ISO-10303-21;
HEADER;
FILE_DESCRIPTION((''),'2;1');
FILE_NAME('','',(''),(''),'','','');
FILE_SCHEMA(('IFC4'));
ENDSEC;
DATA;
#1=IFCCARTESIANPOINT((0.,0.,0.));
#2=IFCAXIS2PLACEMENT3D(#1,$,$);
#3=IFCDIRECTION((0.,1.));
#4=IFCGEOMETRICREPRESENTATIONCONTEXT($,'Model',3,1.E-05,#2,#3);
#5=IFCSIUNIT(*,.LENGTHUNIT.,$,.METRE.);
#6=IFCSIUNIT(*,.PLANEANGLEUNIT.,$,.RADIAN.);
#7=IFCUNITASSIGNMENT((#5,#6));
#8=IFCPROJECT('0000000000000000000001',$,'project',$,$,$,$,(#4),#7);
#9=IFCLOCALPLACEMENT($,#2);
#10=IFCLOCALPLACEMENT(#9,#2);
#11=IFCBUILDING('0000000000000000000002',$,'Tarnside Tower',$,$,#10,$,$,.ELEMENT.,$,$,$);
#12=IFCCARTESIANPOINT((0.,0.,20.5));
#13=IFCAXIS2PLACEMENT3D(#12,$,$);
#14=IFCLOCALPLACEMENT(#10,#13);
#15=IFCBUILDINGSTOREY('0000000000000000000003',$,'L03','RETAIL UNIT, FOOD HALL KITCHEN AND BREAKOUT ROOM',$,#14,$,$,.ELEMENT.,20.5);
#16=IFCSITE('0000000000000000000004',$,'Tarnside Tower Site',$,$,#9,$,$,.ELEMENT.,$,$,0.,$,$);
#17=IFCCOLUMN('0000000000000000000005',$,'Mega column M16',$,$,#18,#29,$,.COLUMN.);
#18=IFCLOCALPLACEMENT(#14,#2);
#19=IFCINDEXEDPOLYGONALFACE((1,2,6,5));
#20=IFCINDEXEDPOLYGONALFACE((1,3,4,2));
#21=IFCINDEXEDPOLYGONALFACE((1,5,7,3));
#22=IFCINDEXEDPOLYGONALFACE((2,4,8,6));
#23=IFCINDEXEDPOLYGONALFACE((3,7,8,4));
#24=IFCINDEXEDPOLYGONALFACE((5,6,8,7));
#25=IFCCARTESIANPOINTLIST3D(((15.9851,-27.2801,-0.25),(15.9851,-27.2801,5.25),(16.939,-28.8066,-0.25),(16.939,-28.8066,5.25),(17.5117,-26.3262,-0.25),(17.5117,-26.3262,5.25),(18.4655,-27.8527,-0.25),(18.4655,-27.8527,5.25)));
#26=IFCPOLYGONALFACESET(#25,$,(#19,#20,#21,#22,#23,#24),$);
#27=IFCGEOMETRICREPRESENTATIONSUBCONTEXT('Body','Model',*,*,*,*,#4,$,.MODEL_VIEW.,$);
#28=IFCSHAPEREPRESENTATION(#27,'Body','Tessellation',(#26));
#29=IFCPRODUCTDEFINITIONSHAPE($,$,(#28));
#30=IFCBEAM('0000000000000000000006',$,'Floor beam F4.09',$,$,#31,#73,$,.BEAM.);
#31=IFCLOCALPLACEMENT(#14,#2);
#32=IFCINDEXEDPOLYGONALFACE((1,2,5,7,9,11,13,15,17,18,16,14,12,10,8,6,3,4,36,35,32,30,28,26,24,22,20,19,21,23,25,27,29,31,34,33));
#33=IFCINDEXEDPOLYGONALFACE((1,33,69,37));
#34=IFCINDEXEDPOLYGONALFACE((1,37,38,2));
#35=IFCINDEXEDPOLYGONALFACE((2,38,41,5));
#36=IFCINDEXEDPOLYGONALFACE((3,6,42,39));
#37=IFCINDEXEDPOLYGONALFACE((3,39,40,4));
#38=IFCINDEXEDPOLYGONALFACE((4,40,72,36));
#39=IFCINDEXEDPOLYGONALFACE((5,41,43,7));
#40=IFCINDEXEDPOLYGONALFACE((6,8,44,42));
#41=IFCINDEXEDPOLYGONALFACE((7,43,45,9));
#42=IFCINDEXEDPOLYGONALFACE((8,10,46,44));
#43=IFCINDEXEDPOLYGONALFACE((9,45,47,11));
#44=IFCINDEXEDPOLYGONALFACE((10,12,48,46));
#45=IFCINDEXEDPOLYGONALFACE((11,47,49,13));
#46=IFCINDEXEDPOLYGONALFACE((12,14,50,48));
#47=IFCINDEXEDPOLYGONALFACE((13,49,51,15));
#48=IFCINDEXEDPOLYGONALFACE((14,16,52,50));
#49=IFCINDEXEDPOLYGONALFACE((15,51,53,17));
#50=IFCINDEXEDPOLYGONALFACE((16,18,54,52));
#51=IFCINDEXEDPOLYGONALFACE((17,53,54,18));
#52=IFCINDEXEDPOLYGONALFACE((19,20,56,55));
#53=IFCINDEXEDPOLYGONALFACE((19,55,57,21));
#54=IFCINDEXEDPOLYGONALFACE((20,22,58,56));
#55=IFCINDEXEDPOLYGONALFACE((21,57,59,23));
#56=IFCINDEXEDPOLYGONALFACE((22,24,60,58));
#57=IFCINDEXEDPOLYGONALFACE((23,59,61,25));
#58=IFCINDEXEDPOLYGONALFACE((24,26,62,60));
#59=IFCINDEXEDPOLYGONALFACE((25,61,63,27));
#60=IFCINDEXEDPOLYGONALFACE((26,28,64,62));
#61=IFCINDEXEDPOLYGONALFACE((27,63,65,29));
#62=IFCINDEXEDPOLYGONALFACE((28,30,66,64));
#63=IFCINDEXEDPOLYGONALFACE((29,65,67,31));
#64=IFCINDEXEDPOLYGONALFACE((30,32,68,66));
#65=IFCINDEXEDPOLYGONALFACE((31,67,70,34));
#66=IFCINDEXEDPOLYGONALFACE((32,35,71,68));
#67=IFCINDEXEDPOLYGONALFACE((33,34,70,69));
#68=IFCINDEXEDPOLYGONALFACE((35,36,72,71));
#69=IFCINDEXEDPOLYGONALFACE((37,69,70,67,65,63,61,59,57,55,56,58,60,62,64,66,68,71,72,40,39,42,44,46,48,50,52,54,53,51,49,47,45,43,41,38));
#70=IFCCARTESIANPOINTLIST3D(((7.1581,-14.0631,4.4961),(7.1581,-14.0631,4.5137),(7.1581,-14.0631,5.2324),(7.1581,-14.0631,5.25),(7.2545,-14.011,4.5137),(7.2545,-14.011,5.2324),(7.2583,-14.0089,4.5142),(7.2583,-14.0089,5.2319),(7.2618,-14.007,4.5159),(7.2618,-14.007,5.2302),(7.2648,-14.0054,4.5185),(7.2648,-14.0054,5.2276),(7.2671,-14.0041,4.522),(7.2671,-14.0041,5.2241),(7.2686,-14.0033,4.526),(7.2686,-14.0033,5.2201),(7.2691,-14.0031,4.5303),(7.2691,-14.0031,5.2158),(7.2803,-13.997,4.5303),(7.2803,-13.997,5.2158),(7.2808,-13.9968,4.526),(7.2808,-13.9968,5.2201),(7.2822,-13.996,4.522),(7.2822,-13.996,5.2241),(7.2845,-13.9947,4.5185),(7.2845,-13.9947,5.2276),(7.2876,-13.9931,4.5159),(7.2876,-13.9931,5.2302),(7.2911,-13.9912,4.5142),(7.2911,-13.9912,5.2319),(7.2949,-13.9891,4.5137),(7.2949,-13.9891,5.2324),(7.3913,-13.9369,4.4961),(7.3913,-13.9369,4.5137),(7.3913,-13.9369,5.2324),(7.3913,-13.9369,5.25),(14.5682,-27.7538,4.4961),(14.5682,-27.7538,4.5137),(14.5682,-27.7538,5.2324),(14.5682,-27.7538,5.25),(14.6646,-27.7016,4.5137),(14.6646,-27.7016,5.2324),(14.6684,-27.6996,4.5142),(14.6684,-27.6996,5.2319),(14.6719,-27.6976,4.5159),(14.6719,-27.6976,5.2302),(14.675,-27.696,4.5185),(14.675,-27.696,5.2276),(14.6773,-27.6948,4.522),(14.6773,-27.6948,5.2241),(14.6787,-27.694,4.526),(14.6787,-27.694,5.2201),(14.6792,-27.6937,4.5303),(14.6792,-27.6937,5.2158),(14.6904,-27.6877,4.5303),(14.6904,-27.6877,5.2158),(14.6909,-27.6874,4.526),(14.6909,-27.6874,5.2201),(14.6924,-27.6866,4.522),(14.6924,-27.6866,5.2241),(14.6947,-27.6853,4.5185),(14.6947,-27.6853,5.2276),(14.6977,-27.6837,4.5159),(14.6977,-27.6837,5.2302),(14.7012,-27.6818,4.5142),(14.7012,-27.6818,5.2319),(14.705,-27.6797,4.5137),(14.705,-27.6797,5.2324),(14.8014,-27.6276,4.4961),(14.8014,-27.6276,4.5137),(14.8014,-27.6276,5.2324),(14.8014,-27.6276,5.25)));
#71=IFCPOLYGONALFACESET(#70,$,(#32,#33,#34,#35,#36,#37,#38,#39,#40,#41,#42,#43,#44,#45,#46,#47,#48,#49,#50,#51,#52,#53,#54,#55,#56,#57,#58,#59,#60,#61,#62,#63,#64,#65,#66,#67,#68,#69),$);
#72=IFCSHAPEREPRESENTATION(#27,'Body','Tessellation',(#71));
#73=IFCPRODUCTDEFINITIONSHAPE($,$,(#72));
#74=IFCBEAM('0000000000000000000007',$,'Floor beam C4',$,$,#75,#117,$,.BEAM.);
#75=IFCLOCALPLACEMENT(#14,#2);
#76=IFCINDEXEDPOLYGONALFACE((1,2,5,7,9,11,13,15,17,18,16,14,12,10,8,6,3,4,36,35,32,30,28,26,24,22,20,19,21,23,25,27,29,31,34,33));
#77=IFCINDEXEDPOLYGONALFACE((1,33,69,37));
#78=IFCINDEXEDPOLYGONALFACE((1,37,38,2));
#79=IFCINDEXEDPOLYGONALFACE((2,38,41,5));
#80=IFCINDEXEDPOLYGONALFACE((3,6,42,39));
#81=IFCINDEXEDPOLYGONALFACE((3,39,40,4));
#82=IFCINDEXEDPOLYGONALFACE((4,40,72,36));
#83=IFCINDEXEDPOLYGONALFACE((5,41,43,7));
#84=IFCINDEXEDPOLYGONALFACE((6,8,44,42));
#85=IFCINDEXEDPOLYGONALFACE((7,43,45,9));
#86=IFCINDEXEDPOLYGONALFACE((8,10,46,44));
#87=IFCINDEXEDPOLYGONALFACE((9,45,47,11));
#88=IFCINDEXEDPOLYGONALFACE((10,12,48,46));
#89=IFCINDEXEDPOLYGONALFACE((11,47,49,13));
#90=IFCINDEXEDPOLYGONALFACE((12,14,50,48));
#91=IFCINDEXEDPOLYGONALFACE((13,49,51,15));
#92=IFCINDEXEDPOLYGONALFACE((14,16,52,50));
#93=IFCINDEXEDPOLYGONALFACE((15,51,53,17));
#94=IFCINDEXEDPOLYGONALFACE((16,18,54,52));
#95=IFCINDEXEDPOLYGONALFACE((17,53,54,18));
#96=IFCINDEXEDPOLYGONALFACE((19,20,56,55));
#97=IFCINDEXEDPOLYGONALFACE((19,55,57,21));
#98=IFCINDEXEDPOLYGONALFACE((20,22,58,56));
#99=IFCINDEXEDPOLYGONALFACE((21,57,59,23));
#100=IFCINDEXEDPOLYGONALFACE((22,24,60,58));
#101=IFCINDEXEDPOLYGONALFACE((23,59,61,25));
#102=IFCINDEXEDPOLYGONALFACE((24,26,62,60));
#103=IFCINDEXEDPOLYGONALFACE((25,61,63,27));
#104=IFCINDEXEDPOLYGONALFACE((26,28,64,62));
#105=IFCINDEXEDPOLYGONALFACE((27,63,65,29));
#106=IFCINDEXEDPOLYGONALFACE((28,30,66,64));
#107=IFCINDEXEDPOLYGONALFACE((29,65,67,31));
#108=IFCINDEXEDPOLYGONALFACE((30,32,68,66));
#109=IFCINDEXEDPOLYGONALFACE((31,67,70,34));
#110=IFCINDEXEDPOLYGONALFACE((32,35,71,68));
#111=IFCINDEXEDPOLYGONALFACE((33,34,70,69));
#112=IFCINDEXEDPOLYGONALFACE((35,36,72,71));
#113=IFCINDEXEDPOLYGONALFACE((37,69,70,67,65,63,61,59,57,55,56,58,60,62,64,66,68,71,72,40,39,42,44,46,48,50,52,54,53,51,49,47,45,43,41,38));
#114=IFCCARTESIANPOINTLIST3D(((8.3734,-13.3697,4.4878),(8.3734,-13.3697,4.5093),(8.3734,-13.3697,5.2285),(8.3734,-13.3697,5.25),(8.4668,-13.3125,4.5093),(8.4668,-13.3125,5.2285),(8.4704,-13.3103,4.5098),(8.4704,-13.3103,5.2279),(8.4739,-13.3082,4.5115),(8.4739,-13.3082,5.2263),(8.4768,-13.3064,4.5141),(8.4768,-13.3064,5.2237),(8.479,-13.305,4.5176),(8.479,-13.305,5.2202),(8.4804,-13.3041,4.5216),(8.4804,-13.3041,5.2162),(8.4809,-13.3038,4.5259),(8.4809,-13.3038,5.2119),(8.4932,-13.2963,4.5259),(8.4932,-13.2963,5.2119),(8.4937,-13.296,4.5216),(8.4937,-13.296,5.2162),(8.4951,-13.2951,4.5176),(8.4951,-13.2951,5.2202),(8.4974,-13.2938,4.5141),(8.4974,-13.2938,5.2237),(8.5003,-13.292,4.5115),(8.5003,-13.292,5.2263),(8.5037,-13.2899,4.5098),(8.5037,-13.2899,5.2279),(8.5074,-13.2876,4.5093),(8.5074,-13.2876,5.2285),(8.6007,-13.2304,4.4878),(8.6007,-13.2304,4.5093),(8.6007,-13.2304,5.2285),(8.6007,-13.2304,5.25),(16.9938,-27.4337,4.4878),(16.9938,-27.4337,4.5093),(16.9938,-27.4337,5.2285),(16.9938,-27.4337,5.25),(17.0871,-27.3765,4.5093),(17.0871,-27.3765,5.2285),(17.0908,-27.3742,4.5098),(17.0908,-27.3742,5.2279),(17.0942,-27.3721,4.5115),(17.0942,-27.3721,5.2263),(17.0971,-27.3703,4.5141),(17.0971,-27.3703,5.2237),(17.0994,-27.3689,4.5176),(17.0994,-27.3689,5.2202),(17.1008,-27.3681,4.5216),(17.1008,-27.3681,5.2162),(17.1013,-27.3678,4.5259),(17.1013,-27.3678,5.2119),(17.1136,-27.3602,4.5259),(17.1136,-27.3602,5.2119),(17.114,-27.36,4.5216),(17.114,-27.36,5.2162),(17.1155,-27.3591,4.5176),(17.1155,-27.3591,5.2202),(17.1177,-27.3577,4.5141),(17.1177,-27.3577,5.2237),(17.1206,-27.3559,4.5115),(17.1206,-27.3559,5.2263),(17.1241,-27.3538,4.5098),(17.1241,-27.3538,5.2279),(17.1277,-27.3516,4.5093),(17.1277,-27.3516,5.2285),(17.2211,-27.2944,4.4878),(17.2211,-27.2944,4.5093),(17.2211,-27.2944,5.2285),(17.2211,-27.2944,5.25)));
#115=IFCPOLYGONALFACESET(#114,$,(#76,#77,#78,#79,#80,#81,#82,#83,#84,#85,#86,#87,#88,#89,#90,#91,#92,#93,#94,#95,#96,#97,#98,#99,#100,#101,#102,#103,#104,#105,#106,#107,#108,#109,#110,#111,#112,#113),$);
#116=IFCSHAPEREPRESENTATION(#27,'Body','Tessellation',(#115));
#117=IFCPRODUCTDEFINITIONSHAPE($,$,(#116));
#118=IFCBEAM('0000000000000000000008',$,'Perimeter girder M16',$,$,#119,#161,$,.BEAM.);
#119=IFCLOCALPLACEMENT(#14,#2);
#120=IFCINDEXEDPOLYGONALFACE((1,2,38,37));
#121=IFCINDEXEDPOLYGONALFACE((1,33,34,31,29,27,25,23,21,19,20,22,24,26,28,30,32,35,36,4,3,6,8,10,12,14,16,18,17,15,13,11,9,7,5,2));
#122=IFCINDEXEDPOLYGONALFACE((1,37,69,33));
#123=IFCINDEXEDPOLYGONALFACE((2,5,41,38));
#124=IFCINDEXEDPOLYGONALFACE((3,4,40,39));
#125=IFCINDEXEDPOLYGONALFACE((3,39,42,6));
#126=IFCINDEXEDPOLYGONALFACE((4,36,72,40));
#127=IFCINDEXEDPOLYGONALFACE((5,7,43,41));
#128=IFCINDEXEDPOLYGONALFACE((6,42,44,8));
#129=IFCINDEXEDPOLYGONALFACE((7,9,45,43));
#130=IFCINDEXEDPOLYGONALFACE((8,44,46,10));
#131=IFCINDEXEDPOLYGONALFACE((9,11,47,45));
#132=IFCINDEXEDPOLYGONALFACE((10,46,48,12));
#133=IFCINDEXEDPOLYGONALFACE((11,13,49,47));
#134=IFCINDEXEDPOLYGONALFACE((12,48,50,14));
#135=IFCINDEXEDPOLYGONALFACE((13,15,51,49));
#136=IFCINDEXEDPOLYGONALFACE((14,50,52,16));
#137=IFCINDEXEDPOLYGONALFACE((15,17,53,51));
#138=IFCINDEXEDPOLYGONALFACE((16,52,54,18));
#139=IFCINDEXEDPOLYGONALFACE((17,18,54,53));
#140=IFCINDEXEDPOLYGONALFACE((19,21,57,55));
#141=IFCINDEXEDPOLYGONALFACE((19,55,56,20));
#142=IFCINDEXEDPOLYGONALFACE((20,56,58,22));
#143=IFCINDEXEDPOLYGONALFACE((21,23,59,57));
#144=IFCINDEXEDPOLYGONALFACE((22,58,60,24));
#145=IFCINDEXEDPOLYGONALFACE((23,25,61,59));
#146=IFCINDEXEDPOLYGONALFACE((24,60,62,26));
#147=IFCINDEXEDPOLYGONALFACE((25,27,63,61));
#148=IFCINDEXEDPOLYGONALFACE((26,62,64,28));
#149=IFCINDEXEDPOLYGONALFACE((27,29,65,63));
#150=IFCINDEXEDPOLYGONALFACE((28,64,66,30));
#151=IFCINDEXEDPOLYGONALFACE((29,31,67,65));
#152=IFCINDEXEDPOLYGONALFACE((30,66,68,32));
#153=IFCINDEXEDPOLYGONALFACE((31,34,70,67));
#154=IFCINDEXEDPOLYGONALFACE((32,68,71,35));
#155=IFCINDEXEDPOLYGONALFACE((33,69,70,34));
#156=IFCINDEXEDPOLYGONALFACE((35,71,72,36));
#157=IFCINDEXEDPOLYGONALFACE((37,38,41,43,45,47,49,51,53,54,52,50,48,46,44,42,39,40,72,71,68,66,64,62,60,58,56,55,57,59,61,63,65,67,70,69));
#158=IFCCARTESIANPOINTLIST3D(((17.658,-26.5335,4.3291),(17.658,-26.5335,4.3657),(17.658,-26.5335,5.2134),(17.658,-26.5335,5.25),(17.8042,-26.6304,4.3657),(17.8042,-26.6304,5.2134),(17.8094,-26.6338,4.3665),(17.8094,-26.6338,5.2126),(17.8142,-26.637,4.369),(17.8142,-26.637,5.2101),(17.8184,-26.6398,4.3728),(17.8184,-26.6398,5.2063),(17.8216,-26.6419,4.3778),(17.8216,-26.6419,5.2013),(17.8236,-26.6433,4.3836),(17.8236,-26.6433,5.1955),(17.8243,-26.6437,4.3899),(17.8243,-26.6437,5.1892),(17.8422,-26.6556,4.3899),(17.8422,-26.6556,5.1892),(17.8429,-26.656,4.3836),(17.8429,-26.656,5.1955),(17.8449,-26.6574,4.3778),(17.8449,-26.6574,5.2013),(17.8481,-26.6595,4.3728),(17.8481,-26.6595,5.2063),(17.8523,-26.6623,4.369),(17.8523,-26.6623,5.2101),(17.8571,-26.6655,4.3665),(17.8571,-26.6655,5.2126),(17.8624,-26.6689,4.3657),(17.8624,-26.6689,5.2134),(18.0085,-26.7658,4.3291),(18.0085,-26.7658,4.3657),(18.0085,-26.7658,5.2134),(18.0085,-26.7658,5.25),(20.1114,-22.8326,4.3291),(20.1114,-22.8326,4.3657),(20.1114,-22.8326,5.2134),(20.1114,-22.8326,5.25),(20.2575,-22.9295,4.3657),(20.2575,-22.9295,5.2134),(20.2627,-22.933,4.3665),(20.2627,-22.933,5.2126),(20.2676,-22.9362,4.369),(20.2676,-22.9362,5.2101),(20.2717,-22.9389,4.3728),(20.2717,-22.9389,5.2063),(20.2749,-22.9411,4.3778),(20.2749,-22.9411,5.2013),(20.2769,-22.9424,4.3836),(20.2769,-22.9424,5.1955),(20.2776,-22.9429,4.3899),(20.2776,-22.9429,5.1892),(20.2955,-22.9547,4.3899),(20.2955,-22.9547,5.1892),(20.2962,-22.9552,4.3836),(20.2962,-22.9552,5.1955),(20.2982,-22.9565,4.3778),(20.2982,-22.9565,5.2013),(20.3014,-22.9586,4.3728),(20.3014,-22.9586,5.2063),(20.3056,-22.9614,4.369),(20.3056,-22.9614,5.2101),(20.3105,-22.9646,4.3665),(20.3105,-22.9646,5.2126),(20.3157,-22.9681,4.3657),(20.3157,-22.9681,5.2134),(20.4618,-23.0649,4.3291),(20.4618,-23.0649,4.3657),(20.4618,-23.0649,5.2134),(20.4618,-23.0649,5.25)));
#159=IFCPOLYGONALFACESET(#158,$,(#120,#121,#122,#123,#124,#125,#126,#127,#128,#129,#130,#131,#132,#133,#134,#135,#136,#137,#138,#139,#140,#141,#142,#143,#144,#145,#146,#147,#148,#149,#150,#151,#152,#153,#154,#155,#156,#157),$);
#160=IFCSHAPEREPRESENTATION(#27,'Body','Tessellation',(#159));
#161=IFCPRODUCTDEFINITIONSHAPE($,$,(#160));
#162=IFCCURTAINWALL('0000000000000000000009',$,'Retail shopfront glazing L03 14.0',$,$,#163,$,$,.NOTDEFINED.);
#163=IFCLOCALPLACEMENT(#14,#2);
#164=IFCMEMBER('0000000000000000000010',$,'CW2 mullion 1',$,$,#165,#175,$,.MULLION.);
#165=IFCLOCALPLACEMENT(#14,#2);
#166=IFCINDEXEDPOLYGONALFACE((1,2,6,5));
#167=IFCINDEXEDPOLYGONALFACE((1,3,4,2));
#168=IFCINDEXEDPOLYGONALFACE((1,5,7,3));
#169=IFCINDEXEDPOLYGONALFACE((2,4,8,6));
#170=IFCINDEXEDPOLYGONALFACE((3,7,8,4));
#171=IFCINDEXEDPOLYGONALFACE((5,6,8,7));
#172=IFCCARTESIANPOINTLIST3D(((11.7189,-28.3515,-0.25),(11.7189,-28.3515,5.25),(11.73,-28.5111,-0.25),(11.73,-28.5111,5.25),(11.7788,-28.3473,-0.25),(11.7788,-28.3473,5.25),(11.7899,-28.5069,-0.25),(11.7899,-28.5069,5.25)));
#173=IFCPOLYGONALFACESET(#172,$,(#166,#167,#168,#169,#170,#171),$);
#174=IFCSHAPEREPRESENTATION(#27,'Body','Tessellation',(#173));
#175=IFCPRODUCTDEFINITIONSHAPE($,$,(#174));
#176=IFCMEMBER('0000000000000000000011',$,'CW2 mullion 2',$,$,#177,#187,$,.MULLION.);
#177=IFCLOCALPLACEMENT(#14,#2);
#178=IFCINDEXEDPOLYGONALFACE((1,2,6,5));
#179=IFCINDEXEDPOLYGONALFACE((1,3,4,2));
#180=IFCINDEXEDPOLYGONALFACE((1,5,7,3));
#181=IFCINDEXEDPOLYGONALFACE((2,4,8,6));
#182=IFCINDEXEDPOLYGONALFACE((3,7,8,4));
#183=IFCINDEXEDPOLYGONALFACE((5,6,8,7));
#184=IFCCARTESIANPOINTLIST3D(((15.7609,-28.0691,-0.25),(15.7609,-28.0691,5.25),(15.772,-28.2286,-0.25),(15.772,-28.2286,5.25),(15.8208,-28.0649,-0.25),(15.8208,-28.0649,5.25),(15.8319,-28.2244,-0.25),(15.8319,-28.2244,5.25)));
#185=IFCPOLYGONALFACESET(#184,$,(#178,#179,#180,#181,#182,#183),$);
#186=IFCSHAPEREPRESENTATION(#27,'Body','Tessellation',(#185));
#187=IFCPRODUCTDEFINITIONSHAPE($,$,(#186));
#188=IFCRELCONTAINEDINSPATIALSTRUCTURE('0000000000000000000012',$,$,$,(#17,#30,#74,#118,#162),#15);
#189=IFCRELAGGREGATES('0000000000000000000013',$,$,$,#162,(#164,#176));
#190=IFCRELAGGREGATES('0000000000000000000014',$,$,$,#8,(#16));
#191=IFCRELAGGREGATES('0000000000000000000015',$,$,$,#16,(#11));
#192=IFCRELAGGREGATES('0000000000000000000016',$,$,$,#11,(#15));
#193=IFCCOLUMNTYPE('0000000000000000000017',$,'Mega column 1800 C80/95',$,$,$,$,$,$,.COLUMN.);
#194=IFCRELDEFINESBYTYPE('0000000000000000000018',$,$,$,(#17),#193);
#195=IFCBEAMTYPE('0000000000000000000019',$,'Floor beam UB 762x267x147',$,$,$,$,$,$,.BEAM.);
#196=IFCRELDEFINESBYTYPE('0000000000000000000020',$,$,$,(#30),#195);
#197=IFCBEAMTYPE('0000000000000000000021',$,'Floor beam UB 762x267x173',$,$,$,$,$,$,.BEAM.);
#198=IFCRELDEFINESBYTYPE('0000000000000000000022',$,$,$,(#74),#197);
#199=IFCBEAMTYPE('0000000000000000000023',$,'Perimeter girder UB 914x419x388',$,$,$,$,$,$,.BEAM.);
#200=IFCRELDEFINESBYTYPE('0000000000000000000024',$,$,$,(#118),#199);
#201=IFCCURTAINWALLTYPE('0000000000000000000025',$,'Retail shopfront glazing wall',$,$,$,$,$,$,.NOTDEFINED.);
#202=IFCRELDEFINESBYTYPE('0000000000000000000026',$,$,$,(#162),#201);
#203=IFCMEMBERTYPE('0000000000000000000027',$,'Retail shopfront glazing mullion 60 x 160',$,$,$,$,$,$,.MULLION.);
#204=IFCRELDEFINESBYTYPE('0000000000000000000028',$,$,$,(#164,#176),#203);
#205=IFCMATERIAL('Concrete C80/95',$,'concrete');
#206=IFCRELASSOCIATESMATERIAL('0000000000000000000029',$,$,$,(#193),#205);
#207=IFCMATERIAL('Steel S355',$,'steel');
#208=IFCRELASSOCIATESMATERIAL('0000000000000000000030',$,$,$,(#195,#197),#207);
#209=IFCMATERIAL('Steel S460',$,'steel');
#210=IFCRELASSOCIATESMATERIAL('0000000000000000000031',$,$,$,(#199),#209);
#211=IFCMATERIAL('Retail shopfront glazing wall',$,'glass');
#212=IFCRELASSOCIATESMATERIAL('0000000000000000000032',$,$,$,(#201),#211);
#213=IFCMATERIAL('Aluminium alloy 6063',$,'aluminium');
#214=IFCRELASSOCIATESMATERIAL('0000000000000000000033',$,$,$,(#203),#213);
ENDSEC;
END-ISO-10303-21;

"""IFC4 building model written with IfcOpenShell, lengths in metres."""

from ifc_helpers import new_model, si_unit, direction, frame, origin, origin_2d, place, context, subcontext, project, spatial, rectangle, i_section, extrude, material, material_profile, profile_set, type_object, element, aggregate, save


model = new_model("IFC4")

# Units and contexts
model_context = context("Model", 3, precision=1e-05, world=origin(), true_north=direction((0.0, 1.0)))
body_context = subcontext(model_context, "Body", "Model", "MODEL_VIEW")
ifc_project = project(units=[si_unit("LENGTHUNIT", "METRE"), si_unit("PLANEANGLEUNIT", "RADIAN")], contexts=[model_context])

# Site, building, storey
site_placement = place(None, origin())
site = spatial("IfcSite", under=ifc_project, at=site_placement, Name="Tarnside Tower Site", CompositionType="ELEMENT", RefElevation=0.0)
building_placement = place(site_placement, origin())
building = spatial("IfcBuilding", under=site, at=building_placement, Name="Tarnside Tower", CompositionType="ELEMENT")
storey_placement = place(building_placement, frame((0.0, 0.0, 20.5)))
storey = spatial("IfcBuildingStorey", under=building, at=storey_placement, Name="L03", Description="RETAIL UNIT, FOOD HALL KITCHEN AND BREAKOUT ROOM", CompositionType="ELEMENT", Elevation=20.5)

# Column
ifc_material_1 = material(Name="Concrete C80/95", Category="concrete")
ifc_material_profile_1 = material_profile(ifc_material_1, rectangle(XDim=1.8, YDim=1.8, at=origin_2d()), Name="Mega column 1800x1800")
ifc_profile_set_1 = profile_set([ifc_material_profile_1], Name="Concrete C80/95")
column_type = type_object("IfcColumnType", Name="Mega column 1800 C80/95", PredefinedType="COLUMN", material=ifc_profile_set_1)
column_placement = place(storey_placement, frame((17.2253, -27.5664, -0.25), z_axis=(0.0, 0.0, 1.0), x_axis=(-0.848048, -0.529919, 0.0)))
element("IfcColumn", 1, at=column_placement, inside=storey, type_object=column_type, Name="Mega column M16", PredefinedType="COLUMN", context=body_context, shape_type="SweptSolid", body=[
    extrude(rectangle(XDim=1.8, YDim=1.8, at=origin_2d()), origin(), (0.0, 0.0, 1.0), 5.5),
])

# Beams
ifc_material_2 = material(Name="Steel S355", Category="steel")
ifc_material_profile_2 = material_profile(ifc_material_2, i_section(OverallWidth=0.2651, OverallDepth=0.7539, WebThickness=0.0127, FlangeThickness=0.0176, FilletRadius=0.0166, at=origin_2d()), Name="UB 762x267x147")
ifc_profile_set_2 = profile_set([ifc_material_profile_2], Name="Steel S355")
beam_type_1 = type_object("IfcBeamType", Name="Floor beam UB 762x267x147", PredefinedType="BEAM", material=ifc_profile_set_2)
beam_1_placement = place(storey_placement, frame((14.6848, -27.6907, 4.873), z_axis=(-0.476004, 0.879443, 0.0), x_axis=(-0.879443, -0.476004, 0.0)))
element("IfcBeam", 2, at=beam_1_placement, inside=storey, type_object=beam_type_1, Name="Floor beam F4.09", PredefinedType="BEAM", context=body_context, shape_type="SweptSolid", body=[
    extrude(i_section(OverallWidth=0.2651, OverallDepth=0.7539, WebThickness=0.0127, FlangeThickness=0.0176, FilletRadius=0.0166, at=origin_2d()), origin(), (0.0, 0.0, 1.0), 15.5674),
])
ifc_material_profile_3 = material_profile(ifc_material_2, i_section(OverallWidth=0.2666, OverallDepth=0.7622, WebThickness=0.0144, FlangeThickness=0.0215, FilletRadius=0.0166, at=origin_2d()), Name="UB 762x267x173")
ifc_profile_set_3 = profile_set([ifc_material_profile_3], Name="Steel S355")
beam_type_2 = type_object("IfcBeamType", Name="Floor beam UB 762x267x173", PredefinedType="BEAM", material=ifc_profile_set_3)
beam_2_placement = place(storey_placement, frame((17.1074, -27.364, 4.8689), z_axis=(-0.522585, 0.852587, 0.0), x_axis=(-0.852587, -0.522585, 0.0)))
element("IfcBeam", 3, at=beam_2_placement, inside=storey, type_object=beam_type_2, Name="Floor beam C4", PredefinedType="BEAM", context=body_context, shape_type="SweptSolid", body=[
    extrude(i_section(OverallWidth=0.2666, OverallDepth=0.7622, WebThickness=0.0144, FlangeThickness=0.0215, FilletRadius=0.0166, at=origin_2d()), origin(), (0.0, 0.0, 1.0), 16.4956),
])
ifc_material_3 = material(Name="Steel S460", Category="steel")
ifc_material_profile_4 = material_profile(ifc_material_3, i_section(OverallWidth=0.4204, OverallDepth=0.9209, WebThickness=0.0215, FlangeThickness=0.0366, FilletRadius=0.0242, at=origin_2d()), Name="UB 914x419x388")
ifc_profile_set_4 = profile_set([ifc_material_profile_4], Name="Steel S460")
beam_type_3 = type_object("IfcBeamType", Name="Perimeter girder UB 914x419x388", PredefinedType="BEAM", material=ifc_profile_set_4)
beam_3_placement = place(storey_placement, frame((17.8333, -26.6497, 4.7896), z_axis=(0.552529, 0.833494, 0.0), x_axis=(-0.833494, 0.552529, 0.0)))
element("IfcBeam", 4, at=beam_3_placement, inside=storey, type_object=beam_type_3, Name="Perimeter girder M16", PredefinedType="BEAM", context=body_context, shape_type="SweptSolid", body=[
    extrude(i_section(OverallWidth=0.4204, OverallDepth=0.9209, WebThickness=0.0215, FlangeThickness=0.0366, FilletRadius=0.0242, at=origin_2d()), origin(), (0.0, 0.0, 1.0), 4.4402),
])

# Curtain wall, members
ifc_material_4 = material(Name="Retail shopfront glazing wall", Category="glass")
curtain_wall_type = type_object("IfcCurtainWallType", Name="Retail shopfront glazing wall", PredefinedType="NOTDEFINED", material=ifc_material_4)
curtain_wall_1_placement = place(storey_placement, origin())
curtain_wall_1 = element("IfcCurtainWall", 5, at=curtain_wall_1_placement, inside=storey, type_object=curtain_wall_type, Name="Retail shopfront glazing L03 14.0", PredefinedType="NOTDEFINED")
ifc_material_5 = material(Name="Aluminium alloy 6063", Category="aluminium")
ifc_material_profile_5 = material_profile(ifc_material_5, rectangle(XDim=0.1599, YDim=0.0601, at=origin_2d()), Name="Retail shopfront glazing mullion 60 x 160")
ifc_profile_set_5 = profile_set([ifc_material_profile_5], Name="Aluminium alloy 6063")
member_type_1 = type_object("IfcMemberType", Name="Retail shopfront glazing mullion 60 x 160", PredefinedType="MULLION", material=ifc_profile_set_5)
member_1_placement = place(storey_placement, frame((11.7544, -28.4292, -0.25), z_axis=(0.0, 0.0, 1.0), x_axis=(-0.069756, 0.997564, 0.0)))
member_1 = element("IfcMember", 6, at=member_1_placement, type_object=member_type_1, Name="CW2 mullion 1", PredefinedType="MULLION", context=body_context, shape_type="SweptSolid", body=[
    extrude(rectangle(XDim=0.1599, YDim=0.0601, at=origin_2d()), origin(), (0.0, 0.0, 1.0), 5.5),
])
member_2_placement = place(storey_placement, frame((15.7964, -28.1467, -0.25), z_axis=(0.0, 0.0, 1.0), x_axis=(-0.069756, 0.997564, 0.0)))
member_2 = element("IfcMember", 7, at=member_2_placement, type_object=member_type_1, Name="CW2 mullion 2", PredefinedType="MULLION", context=body_context, shape_type="SweptSolid", body=[
    extrude(rectangle(XDim=0.1599, YDim=0.0601, at=origin_2d()), origin(), (0.0, 0.0, 1.0), 5.5),
])

aggregate(curtain_wall_1, [member_1, member_2])

save(model, "model.ifc")
